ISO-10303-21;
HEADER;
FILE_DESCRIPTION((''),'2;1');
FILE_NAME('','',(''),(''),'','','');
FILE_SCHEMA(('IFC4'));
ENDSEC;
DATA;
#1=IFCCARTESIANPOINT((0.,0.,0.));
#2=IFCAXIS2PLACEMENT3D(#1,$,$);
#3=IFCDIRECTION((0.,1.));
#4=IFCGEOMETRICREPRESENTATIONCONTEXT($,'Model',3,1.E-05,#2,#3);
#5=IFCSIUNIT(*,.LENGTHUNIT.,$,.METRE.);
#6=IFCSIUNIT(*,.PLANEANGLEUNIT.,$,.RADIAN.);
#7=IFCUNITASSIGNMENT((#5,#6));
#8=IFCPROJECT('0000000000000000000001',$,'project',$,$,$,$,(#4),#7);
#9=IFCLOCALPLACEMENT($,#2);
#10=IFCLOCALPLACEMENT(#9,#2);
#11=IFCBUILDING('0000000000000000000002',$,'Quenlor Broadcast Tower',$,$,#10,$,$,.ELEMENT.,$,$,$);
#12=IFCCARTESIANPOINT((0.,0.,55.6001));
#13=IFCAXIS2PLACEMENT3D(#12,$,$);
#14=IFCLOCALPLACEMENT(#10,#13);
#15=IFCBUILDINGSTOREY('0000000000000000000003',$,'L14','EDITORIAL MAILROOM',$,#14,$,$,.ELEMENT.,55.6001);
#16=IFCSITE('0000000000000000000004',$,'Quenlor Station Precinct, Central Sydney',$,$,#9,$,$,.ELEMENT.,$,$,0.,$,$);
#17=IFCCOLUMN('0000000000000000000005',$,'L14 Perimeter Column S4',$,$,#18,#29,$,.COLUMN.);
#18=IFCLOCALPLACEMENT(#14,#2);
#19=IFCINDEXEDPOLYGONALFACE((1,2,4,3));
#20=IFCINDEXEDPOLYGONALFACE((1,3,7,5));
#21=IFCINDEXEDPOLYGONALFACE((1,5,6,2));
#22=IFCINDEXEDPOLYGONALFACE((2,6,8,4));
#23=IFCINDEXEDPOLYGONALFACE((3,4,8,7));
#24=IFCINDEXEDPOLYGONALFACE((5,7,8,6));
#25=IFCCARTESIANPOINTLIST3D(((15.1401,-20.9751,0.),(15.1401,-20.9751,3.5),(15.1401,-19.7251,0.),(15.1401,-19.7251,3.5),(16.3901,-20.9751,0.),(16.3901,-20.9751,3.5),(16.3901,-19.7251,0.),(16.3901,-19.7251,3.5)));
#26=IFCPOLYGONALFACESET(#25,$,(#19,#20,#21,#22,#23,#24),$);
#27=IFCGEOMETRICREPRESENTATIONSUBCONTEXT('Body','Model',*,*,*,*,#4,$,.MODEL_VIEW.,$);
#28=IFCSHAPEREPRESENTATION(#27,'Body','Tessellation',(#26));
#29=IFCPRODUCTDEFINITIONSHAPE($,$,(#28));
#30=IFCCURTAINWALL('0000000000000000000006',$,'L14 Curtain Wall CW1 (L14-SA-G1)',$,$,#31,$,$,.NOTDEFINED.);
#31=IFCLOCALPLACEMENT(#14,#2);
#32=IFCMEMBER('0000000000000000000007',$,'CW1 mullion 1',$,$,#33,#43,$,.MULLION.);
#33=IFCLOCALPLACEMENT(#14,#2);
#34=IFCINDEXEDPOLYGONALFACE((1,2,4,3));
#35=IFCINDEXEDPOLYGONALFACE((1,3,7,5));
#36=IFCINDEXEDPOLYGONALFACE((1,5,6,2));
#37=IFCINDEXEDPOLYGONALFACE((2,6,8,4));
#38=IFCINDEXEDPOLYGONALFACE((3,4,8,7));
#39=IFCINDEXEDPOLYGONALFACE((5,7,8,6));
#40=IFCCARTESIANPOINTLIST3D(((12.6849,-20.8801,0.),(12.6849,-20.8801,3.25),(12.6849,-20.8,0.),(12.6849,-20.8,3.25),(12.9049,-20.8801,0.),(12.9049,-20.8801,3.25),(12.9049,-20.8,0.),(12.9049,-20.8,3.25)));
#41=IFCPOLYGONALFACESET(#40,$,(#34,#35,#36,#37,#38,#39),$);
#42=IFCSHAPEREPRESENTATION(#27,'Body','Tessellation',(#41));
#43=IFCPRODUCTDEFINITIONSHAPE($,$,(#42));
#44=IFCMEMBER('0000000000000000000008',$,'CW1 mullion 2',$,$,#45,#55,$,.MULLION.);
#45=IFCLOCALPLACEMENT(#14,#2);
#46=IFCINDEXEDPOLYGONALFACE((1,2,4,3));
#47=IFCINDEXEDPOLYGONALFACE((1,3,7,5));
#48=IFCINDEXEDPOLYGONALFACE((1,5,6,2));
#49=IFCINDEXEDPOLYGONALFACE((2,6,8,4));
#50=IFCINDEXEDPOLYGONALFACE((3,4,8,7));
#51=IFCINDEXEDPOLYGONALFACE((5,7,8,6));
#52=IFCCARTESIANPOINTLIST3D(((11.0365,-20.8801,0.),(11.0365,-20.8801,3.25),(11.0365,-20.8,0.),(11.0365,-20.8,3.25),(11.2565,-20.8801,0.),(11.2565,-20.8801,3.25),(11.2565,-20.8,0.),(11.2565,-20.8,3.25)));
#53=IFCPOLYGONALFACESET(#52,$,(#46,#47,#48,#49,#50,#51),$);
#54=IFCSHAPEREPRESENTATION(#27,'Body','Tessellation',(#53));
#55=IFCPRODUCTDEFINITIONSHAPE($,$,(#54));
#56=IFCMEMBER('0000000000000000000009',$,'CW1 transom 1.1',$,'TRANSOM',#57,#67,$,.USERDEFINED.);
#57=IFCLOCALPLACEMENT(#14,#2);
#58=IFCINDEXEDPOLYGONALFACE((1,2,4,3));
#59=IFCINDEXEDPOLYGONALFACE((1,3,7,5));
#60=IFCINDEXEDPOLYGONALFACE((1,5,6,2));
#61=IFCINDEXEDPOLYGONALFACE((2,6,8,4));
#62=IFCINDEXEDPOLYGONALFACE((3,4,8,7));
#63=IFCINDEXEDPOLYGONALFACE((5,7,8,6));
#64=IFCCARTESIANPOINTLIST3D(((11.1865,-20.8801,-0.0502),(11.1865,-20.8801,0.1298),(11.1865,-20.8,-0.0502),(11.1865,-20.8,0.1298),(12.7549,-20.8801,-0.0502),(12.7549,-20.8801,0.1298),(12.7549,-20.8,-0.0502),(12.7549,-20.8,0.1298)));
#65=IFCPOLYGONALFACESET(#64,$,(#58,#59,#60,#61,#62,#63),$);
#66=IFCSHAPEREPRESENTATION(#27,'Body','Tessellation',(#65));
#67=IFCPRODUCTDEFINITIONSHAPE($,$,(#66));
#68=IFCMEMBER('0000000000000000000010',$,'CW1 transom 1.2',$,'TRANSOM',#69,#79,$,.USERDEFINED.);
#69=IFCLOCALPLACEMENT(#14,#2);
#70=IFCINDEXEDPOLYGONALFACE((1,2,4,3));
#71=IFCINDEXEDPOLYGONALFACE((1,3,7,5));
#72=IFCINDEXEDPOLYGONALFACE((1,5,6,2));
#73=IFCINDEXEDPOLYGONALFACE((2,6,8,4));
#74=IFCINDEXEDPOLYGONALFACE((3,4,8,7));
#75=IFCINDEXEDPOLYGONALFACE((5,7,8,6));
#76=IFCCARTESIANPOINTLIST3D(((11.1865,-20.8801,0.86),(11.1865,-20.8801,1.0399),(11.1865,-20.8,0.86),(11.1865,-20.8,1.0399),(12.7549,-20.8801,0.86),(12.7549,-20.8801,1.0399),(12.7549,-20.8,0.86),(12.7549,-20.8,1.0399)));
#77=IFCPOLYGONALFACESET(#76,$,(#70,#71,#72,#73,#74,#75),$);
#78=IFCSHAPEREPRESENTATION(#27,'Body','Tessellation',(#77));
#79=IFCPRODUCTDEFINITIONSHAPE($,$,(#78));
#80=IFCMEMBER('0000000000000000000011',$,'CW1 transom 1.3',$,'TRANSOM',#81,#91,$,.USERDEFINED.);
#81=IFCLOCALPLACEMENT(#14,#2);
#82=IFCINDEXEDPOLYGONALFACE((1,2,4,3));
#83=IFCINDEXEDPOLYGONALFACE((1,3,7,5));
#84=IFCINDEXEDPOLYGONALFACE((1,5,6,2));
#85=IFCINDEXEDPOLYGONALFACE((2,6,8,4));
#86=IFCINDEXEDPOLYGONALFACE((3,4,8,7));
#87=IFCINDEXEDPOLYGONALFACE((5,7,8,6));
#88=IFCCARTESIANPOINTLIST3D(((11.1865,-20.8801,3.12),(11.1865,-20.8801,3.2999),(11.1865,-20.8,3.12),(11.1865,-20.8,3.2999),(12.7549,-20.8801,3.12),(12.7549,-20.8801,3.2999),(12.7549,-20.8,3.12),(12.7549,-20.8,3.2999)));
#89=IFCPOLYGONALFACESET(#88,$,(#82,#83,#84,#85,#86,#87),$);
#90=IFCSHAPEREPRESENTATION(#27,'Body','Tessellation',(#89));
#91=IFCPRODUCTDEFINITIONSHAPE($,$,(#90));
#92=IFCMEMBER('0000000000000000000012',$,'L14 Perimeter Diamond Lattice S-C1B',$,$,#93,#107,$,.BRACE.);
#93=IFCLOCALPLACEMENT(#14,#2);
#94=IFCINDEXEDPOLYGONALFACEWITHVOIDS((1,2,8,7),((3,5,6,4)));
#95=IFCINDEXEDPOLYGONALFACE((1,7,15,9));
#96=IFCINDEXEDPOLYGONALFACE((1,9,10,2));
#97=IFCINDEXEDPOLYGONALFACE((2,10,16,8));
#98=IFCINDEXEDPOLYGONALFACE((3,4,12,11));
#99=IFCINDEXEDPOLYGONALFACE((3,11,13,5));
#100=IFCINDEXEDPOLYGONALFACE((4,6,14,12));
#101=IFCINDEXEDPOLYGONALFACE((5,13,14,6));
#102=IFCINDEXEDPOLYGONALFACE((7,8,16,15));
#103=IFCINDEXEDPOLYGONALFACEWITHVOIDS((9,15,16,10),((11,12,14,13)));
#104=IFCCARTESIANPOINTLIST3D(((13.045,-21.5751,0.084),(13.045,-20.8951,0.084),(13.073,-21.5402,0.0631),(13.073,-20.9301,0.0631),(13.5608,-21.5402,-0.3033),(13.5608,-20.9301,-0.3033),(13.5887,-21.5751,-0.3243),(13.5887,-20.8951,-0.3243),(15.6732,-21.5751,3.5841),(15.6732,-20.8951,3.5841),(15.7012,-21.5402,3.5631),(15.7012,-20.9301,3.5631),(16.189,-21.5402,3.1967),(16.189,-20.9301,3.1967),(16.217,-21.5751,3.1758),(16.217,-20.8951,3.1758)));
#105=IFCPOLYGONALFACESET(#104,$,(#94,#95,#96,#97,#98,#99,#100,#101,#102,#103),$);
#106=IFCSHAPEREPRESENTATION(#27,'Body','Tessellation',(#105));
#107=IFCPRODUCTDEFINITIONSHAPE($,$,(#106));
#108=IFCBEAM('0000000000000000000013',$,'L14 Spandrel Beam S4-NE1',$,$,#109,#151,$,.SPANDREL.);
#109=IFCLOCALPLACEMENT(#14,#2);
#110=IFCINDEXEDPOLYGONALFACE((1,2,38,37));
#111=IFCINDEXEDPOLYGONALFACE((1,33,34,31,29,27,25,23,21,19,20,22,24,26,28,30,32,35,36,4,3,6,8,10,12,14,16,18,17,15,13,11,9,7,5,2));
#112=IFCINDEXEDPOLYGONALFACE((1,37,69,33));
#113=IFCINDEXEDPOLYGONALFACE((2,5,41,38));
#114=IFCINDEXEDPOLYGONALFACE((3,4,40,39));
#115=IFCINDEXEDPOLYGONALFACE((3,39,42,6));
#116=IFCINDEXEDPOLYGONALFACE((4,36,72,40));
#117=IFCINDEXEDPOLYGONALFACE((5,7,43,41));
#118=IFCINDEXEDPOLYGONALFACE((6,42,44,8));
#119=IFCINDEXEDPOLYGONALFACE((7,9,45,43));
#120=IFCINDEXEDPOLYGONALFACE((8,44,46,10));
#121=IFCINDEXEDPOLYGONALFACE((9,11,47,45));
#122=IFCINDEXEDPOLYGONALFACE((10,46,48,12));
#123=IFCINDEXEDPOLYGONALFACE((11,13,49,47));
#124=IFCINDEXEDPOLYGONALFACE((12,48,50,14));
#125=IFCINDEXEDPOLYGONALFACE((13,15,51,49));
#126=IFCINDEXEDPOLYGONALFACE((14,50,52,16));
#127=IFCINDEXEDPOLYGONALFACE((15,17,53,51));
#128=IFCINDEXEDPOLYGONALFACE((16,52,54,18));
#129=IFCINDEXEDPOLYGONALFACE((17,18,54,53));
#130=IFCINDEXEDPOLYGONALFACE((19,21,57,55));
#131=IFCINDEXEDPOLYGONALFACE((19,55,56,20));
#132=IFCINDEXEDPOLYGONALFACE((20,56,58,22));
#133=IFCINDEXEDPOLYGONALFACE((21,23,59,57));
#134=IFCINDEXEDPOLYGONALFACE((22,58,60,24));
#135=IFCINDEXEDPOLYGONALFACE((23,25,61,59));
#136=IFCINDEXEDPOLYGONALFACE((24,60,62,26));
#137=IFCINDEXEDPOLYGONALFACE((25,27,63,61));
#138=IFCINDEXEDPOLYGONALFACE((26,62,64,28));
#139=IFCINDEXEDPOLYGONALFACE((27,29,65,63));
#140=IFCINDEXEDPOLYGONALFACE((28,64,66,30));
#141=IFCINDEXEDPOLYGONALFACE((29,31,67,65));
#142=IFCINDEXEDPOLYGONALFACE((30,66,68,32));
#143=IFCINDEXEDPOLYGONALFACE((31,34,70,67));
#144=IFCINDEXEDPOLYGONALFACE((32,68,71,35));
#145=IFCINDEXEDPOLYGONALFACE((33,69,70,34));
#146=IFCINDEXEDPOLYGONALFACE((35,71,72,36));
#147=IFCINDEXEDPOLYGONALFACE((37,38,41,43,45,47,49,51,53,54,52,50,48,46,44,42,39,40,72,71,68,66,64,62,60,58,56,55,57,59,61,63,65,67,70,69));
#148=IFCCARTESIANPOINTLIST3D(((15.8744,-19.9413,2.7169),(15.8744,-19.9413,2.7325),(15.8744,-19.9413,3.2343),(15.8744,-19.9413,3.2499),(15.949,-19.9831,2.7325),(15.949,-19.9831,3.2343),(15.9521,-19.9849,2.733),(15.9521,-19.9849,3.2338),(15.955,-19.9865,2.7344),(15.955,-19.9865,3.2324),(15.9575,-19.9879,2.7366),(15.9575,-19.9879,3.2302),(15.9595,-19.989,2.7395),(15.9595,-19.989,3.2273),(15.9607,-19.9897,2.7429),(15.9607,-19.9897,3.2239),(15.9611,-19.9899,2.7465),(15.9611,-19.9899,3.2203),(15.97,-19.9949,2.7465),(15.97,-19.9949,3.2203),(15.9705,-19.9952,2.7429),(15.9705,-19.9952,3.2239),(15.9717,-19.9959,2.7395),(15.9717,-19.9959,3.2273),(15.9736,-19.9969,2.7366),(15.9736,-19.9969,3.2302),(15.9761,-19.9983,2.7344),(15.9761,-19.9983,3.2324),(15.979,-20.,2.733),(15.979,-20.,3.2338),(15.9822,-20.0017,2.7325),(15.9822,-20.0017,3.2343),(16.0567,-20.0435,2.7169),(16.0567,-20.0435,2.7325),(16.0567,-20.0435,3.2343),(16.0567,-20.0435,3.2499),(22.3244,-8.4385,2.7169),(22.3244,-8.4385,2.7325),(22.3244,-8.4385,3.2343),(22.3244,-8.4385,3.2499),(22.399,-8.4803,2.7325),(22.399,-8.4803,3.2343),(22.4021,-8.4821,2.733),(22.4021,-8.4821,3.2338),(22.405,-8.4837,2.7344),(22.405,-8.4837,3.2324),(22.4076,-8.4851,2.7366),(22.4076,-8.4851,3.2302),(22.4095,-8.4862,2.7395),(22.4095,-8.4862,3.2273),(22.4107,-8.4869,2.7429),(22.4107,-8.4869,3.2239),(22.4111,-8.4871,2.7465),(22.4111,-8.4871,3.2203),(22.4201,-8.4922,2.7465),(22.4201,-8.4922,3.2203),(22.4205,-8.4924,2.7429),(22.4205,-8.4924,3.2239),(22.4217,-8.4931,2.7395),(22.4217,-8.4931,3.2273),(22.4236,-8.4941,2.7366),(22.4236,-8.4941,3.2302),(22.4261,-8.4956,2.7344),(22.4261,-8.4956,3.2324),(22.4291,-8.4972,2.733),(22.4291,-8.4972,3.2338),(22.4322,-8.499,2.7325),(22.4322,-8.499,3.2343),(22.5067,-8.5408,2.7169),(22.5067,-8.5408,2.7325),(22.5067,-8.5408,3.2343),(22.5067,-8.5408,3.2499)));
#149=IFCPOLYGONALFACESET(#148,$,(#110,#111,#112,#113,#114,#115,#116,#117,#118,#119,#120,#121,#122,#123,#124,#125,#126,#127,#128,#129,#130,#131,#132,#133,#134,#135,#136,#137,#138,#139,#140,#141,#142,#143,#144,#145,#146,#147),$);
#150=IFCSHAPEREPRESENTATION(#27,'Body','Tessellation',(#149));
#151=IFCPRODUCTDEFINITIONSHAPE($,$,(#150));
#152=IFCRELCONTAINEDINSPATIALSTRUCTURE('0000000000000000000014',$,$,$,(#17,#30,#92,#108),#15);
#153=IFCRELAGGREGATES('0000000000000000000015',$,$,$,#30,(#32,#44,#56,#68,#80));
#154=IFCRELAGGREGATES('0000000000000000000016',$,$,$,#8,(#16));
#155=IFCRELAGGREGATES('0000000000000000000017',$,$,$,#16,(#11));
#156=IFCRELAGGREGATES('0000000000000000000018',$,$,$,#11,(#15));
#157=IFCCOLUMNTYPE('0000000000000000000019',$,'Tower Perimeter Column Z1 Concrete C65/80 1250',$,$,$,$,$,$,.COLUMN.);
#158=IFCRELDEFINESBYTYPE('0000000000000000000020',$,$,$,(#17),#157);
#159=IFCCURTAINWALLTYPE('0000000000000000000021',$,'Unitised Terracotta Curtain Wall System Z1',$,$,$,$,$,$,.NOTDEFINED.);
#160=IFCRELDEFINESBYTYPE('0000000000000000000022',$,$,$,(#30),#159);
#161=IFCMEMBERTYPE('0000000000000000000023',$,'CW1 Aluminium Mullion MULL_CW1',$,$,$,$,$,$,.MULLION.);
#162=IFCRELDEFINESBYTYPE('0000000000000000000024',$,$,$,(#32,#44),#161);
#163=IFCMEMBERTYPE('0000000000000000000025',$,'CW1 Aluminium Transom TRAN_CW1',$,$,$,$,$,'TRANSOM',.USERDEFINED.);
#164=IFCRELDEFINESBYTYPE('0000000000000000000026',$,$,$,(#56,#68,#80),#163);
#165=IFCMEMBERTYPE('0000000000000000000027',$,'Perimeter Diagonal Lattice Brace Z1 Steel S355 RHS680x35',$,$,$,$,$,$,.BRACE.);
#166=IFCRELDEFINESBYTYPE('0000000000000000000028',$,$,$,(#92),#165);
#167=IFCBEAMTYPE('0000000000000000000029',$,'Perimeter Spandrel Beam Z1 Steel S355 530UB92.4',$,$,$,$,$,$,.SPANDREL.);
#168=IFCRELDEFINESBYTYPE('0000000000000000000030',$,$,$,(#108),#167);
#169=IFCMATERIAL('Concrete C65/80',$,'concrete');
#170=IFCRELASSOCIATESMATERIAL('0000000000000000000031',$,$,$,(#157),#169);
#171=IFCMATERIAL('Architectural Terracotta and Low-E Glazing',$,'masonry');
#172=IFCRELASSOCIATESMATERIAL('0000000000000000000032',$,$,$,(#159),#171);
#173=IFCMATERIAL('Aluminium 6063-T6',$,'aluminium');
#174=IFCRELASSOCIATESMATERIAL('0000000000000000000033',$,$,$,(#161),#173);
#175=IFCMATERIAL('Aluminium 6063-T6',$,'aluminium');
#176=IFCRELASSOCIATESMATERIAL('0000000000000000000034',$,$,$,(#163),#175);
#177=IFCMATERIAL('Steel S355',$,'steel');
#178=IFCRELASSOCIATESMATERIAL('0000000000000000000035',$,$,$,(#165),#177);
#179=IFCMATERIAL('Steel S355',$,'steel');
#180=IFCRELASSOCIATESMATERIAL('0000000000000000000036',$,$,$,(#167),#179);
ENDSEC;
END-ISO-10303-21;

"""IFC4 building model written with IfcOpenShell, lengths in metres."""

from ifc_helpers import new_model, si_unit, direction, frame, origin, origin_2d, place, context, subcontext, project, spatial, rectangle, hollow_rectangle, i_section, extrude, material, material_profile, profile_set, type_object, element, aggregate, save


model = new_model("IFC4")

# Units and contexts
model_context = context("Model", 3, precision=1e-05, world=origin(), true_north=direction((0.0, 1.0)))
body_context = subcontext(model_context, "Body", "Model", "MODEL_VIEW")
ifc_project = project(units=[si_unit("LENGTHUNIT", "METRE"), si_unit("PLANEANGLEUNIT", "RADIAN")], contexts=[model_context])

# Site, building, storey
site_placement = place(None, origin())
site = spatial("IfcSite", under=ifc_project, at=site_placement, Name="Quenlor Station Precinct, Central Sydney", CompositionType="ELEMENT", RefElevation=0.0)
building_placement = place(site_placement, origin())
building = spatial("IfcBuilding", under=site, at=building_placement, Name="Quenlor Broadcast Tower", CompositionType="ELEMENT")
storey_placement = place(building_placement, frame((0.0, 0.0, 55.6001)))
storey = spatial("IfcBuildingStorey", under=building, at=storey_placement, Name="L14", Description="EDITORIAL MAILROOM", CompositionType="ELEMENT", Elevation=55.6001)

# Column
ifc_material_1 = material(Name="Concrete C65/80", Category="concrete")
ifc_material_profile_1 = material_profile(ifc_material_1, rectangle(XDim=1.25, YDim=1.25, at=origin_2d()))
ifc_profile_set_1 = profile_set([ifc_material_profile_1], Name="Concrete C65/80 RC1250x1250")
column_type = type_object("IfcColumnType", Name="Tower Perimeter Column Z1 Concrete C65/80 1250", PredefinedType="COLUMN", material=ifc_profile_set_1)
column_placement = place(storey_placement, frame((15.7651, -20.3501, 0.0), z_axis=(0.0, 0.0, 1.0), x_axis=(0.0, 1.0, 0.0)))
element("IfcColumn", 1, at=column_placement, inside=storey, type_object=column_type, Name="L14 Perimeter Column S4", PredefinedType="COLUMN", context=body_context, shape_type="SweptSolid", body=[
    extrude(rectangle(XDim=1.25, YDim=1.25, at=origin_2d()), origin(), (0.0, 0.0, 1.0), 3.5),
])

# Curtain wall, members
ifc_material_2 = material(Name="Architectural Terracotta and Low-E Glazing", Category="masonry")
curtain_wall_type = type_object("IfcCurtainWallType", Name="Unitised Terracotta Curtain Wall System Z1", PredefinedType="NOTDEFINED", material=ifc_material_2)
curtain_wall_placement = place(storey_placement, origin())
curtain_wall = element("IfcCurtainWall", 2, at=curtain_wall_placement, inside=storey, type_object=curtain_wall_type, Name="L14 Curtain Wall CW1 (L14-SA-G1)", PredefinedType="NOTDEFINED")
ifc_material_3 = material(Name="Aluminium 6063-T6", Category="aluminium")
ifc_material_profile_2 = material_profile(ifc_material_3, rectangle(XDim=0.0801, YDim=0.22, at=origin_2d()))
ifc_profile_set_2 = profile_set([ifc_material_profile_2], Name="Aluminium 6063-T6 MULL80x220")
member_type_1 = type_object("IfcMemberType", Name="CW1 Aluminium Mullion MULL_CW1", PredefinedType="MULLION", material=ifc_profile_set_2)
member_1_placement = place(storey_placement, frame((12.7949, -20.8401, 0.0), z_axis=(0.0, 0.0, 1.0), x_axis=(0.0, -1.0, 0.0)))
member_1 = element("IfcMember", 3, at=member_1_placement, type_object=member_type_1, Name="CW1 mullion 1", PredefinedType="MULLION", context=body_context, shape_type="SweptSolid", body=[
    extrude(rectangle(XDim=0.0801, YDim=0.22, at=origin_2d()), origin(), (0.0, 0.0, 1.0), 3.25),
])
member_2_placement = place(storey_placement, frame((11.1465, -20.8401, 0.0), z_axis=(0.0, 0.0, 1.0), x_axis=(0.0, -1.0, 0.0)))
member_2 = element("IfcMember", 4, at=member_2_placement, type_object=member_type_1, Name="CW1 mullion 2", PredefinedType="MULLION", context=body_context, shape_type="SweptSolid", body=[
    extrude(rectangle(XDim=0.0801, YDim=0.22, at=origin_2d()), origin(), (0.0, 0.0, 1.0), 3.25),
])
ifc_material_4 = material(Name="Aluminium 6063-T6", Category="aluminium")
ifc_material_profile_3 = material_profile(ifc_material_4, rectangle(XDim=0.0801, YDim=0.1799, at=origin_2d()))
ifc_profile_set_3 = profile_set([ifc_material_profile_3], Name="Aluminium 6063-T6 TRAN80x180")
member_type_2 = type_object("IfcMemberType", Name="CW1 Aluminium Transom TRAN_CW1", ElementType="TRANSOM", PredefinedType="USERDEFINED", material=ifc_profile_set_3)
member_3_placement = place(storey_placement, frame((12.7549, -20.8401, 0.0398), z_axis=(-1.0, 0.0, 0.0), x_axis=(0.0, -1.0, 0.0)))
member_3 = element("IfcMember", 5, at=member_3_placement, type_object=member_type_2, Name="CW1 transom 1.1", ObjectType="TRANSOM", PredefinedType="USERDEFINED", context=body_context, shape_type="SweptSolid", body=[
    extrude(rectangle(XDim=0.0801, YDim=0.1799, at=origin_2d()), origin(), (0.0, 0.0, 1.0), 1.5684),
])
member_4_placement = place(storey_placement, frame((12.7549, -20.8401, 0.95), z_axis=(-1.0, 0.0, 0.0), x_axis=(0.0, -1.0, 0.0)))
member_4 = element("IfcMember", 6, at=member_4_placement, type_object=member_type_2, Name="CW1 transom 1.2", ObjectType="TRANSOM", PredefinedType="USERDEFINED", context=body_context, shape_type="SweptSolid", body=[
    extrude(rectangle(XDim=0.0801, YDim=0.1799, at=origin_2d()), origin(), (0.0, 0.0, 1.0), 1.5684),
])
member_5_placement = place(storey_placement, frame((12.7549, -20.8401, 3.21), z_axis=(-1.0, 0.0, 0.0), x_axis=(0.0, -1.0, 0.0)))
member_5 = element("IfcMember", 7, at=member_5_placement, type_object=member_type_2, Name="CW1 transom 1.3", ObjectType="TRANSOM", PredefinedType="USERDEFINED", context=body_context, shape_type="SweptSolid", body=[
    extrude(rectangle(XDim=0.0801, YDim=0.1799, at=origin_2d()), origin(), (0.0, 0.0, 1.0), 1.5684),
])

# Member
ifc_material_5 = material(Name="Steel S355", Category="steel")
ifc_material_profile_4 = material_profile(ifc_material_5, hollow_rectangle(XDim=0.6799, YDim=0.6799, WallThickness=0.0349, at=origin_2d()))
ifc_profile_set_4 = profile_set([ifc_material_profile_4], Name="Steel S355 RHS680x680x35")
member_type_3 = type_object("IfcMemberType", Name="Perimeter Diagonal Lattice Brace Z1 Steel S355 RHS680x35", PredefinedType="BRACE", material=ifc_profile_set_4)
member_6_placement = place(storey_placement, frame((13.3169, -21.2351, -0.1201), z_axis=(0.600464, 0.0, 0.799652), x_axis=(0.0, 1.0, 0.0)))
element("IfcMember", 8, at=member_6_placement, inside=storey, type_object=member_type_3, Name="L14 Perimeter Diamond Lattice S-C1B", PredefinedType="BRACE", context=body_context, shape_type="SweptSolid", body=[
    extrude(hollow_rectangle(XDim=0.6799, YDim=0.6799, WallThickness=0.0349, at=origin_2d()), origin(), (0.0, 0.0, 1.0), 4.377),
])

# Beam
ifc_material_6 = material(Name="Steel S355", Category="steel")
ifc_material_profile_5 = material_profile(ifc_material_6, i_section(OverallWidth=0.209, OverallDepth=0.533, WebThickness=0.0103, FlangeThickness=0.0156, FilletRadius=0.0139, at=origin_2d()))
ifc_profile_set_5 = profile_set([ifc_material_profile_5], Name="Steel S355 530UB92.4")
beam_type_1 = type_object("IfcBeamType", Name="Perimeter Spandrel Beam Z1 Steel S355 530UB92.4", PredefinedType="SPANDREL", material=ifc_profile_set_5)
beam_1_placement = place(storey_placement, frame((15.9656, -19.9924, 2.9834), z_axis=(0.489091, 0.872233, 0.0), x_axis=(-0.872233, 0.489091, 0.0)))
element("IfcBeam", 9, at=beam_1_placement, inside=storey, type_object=beam_type_1, Name="L14 Spandrel Beam S4-NE1", PredefinedType="SPANDREL", context=body_context, shape_type="SweptSolid", body=[
    extrude(i_section(OverallWidth=0.209, OverallDepth=0.533, WebThickness=0.0103, FlangeThickness=0.0156, FilletRadius=0.0139, at=origin_2d()), origin(), (0.0, 0.0, 1.0), 13.1877),
])

aggregate(curtain_wall, [member_1, member_2, member_3, member_4, member_5])

save(model, "model.ifc")
